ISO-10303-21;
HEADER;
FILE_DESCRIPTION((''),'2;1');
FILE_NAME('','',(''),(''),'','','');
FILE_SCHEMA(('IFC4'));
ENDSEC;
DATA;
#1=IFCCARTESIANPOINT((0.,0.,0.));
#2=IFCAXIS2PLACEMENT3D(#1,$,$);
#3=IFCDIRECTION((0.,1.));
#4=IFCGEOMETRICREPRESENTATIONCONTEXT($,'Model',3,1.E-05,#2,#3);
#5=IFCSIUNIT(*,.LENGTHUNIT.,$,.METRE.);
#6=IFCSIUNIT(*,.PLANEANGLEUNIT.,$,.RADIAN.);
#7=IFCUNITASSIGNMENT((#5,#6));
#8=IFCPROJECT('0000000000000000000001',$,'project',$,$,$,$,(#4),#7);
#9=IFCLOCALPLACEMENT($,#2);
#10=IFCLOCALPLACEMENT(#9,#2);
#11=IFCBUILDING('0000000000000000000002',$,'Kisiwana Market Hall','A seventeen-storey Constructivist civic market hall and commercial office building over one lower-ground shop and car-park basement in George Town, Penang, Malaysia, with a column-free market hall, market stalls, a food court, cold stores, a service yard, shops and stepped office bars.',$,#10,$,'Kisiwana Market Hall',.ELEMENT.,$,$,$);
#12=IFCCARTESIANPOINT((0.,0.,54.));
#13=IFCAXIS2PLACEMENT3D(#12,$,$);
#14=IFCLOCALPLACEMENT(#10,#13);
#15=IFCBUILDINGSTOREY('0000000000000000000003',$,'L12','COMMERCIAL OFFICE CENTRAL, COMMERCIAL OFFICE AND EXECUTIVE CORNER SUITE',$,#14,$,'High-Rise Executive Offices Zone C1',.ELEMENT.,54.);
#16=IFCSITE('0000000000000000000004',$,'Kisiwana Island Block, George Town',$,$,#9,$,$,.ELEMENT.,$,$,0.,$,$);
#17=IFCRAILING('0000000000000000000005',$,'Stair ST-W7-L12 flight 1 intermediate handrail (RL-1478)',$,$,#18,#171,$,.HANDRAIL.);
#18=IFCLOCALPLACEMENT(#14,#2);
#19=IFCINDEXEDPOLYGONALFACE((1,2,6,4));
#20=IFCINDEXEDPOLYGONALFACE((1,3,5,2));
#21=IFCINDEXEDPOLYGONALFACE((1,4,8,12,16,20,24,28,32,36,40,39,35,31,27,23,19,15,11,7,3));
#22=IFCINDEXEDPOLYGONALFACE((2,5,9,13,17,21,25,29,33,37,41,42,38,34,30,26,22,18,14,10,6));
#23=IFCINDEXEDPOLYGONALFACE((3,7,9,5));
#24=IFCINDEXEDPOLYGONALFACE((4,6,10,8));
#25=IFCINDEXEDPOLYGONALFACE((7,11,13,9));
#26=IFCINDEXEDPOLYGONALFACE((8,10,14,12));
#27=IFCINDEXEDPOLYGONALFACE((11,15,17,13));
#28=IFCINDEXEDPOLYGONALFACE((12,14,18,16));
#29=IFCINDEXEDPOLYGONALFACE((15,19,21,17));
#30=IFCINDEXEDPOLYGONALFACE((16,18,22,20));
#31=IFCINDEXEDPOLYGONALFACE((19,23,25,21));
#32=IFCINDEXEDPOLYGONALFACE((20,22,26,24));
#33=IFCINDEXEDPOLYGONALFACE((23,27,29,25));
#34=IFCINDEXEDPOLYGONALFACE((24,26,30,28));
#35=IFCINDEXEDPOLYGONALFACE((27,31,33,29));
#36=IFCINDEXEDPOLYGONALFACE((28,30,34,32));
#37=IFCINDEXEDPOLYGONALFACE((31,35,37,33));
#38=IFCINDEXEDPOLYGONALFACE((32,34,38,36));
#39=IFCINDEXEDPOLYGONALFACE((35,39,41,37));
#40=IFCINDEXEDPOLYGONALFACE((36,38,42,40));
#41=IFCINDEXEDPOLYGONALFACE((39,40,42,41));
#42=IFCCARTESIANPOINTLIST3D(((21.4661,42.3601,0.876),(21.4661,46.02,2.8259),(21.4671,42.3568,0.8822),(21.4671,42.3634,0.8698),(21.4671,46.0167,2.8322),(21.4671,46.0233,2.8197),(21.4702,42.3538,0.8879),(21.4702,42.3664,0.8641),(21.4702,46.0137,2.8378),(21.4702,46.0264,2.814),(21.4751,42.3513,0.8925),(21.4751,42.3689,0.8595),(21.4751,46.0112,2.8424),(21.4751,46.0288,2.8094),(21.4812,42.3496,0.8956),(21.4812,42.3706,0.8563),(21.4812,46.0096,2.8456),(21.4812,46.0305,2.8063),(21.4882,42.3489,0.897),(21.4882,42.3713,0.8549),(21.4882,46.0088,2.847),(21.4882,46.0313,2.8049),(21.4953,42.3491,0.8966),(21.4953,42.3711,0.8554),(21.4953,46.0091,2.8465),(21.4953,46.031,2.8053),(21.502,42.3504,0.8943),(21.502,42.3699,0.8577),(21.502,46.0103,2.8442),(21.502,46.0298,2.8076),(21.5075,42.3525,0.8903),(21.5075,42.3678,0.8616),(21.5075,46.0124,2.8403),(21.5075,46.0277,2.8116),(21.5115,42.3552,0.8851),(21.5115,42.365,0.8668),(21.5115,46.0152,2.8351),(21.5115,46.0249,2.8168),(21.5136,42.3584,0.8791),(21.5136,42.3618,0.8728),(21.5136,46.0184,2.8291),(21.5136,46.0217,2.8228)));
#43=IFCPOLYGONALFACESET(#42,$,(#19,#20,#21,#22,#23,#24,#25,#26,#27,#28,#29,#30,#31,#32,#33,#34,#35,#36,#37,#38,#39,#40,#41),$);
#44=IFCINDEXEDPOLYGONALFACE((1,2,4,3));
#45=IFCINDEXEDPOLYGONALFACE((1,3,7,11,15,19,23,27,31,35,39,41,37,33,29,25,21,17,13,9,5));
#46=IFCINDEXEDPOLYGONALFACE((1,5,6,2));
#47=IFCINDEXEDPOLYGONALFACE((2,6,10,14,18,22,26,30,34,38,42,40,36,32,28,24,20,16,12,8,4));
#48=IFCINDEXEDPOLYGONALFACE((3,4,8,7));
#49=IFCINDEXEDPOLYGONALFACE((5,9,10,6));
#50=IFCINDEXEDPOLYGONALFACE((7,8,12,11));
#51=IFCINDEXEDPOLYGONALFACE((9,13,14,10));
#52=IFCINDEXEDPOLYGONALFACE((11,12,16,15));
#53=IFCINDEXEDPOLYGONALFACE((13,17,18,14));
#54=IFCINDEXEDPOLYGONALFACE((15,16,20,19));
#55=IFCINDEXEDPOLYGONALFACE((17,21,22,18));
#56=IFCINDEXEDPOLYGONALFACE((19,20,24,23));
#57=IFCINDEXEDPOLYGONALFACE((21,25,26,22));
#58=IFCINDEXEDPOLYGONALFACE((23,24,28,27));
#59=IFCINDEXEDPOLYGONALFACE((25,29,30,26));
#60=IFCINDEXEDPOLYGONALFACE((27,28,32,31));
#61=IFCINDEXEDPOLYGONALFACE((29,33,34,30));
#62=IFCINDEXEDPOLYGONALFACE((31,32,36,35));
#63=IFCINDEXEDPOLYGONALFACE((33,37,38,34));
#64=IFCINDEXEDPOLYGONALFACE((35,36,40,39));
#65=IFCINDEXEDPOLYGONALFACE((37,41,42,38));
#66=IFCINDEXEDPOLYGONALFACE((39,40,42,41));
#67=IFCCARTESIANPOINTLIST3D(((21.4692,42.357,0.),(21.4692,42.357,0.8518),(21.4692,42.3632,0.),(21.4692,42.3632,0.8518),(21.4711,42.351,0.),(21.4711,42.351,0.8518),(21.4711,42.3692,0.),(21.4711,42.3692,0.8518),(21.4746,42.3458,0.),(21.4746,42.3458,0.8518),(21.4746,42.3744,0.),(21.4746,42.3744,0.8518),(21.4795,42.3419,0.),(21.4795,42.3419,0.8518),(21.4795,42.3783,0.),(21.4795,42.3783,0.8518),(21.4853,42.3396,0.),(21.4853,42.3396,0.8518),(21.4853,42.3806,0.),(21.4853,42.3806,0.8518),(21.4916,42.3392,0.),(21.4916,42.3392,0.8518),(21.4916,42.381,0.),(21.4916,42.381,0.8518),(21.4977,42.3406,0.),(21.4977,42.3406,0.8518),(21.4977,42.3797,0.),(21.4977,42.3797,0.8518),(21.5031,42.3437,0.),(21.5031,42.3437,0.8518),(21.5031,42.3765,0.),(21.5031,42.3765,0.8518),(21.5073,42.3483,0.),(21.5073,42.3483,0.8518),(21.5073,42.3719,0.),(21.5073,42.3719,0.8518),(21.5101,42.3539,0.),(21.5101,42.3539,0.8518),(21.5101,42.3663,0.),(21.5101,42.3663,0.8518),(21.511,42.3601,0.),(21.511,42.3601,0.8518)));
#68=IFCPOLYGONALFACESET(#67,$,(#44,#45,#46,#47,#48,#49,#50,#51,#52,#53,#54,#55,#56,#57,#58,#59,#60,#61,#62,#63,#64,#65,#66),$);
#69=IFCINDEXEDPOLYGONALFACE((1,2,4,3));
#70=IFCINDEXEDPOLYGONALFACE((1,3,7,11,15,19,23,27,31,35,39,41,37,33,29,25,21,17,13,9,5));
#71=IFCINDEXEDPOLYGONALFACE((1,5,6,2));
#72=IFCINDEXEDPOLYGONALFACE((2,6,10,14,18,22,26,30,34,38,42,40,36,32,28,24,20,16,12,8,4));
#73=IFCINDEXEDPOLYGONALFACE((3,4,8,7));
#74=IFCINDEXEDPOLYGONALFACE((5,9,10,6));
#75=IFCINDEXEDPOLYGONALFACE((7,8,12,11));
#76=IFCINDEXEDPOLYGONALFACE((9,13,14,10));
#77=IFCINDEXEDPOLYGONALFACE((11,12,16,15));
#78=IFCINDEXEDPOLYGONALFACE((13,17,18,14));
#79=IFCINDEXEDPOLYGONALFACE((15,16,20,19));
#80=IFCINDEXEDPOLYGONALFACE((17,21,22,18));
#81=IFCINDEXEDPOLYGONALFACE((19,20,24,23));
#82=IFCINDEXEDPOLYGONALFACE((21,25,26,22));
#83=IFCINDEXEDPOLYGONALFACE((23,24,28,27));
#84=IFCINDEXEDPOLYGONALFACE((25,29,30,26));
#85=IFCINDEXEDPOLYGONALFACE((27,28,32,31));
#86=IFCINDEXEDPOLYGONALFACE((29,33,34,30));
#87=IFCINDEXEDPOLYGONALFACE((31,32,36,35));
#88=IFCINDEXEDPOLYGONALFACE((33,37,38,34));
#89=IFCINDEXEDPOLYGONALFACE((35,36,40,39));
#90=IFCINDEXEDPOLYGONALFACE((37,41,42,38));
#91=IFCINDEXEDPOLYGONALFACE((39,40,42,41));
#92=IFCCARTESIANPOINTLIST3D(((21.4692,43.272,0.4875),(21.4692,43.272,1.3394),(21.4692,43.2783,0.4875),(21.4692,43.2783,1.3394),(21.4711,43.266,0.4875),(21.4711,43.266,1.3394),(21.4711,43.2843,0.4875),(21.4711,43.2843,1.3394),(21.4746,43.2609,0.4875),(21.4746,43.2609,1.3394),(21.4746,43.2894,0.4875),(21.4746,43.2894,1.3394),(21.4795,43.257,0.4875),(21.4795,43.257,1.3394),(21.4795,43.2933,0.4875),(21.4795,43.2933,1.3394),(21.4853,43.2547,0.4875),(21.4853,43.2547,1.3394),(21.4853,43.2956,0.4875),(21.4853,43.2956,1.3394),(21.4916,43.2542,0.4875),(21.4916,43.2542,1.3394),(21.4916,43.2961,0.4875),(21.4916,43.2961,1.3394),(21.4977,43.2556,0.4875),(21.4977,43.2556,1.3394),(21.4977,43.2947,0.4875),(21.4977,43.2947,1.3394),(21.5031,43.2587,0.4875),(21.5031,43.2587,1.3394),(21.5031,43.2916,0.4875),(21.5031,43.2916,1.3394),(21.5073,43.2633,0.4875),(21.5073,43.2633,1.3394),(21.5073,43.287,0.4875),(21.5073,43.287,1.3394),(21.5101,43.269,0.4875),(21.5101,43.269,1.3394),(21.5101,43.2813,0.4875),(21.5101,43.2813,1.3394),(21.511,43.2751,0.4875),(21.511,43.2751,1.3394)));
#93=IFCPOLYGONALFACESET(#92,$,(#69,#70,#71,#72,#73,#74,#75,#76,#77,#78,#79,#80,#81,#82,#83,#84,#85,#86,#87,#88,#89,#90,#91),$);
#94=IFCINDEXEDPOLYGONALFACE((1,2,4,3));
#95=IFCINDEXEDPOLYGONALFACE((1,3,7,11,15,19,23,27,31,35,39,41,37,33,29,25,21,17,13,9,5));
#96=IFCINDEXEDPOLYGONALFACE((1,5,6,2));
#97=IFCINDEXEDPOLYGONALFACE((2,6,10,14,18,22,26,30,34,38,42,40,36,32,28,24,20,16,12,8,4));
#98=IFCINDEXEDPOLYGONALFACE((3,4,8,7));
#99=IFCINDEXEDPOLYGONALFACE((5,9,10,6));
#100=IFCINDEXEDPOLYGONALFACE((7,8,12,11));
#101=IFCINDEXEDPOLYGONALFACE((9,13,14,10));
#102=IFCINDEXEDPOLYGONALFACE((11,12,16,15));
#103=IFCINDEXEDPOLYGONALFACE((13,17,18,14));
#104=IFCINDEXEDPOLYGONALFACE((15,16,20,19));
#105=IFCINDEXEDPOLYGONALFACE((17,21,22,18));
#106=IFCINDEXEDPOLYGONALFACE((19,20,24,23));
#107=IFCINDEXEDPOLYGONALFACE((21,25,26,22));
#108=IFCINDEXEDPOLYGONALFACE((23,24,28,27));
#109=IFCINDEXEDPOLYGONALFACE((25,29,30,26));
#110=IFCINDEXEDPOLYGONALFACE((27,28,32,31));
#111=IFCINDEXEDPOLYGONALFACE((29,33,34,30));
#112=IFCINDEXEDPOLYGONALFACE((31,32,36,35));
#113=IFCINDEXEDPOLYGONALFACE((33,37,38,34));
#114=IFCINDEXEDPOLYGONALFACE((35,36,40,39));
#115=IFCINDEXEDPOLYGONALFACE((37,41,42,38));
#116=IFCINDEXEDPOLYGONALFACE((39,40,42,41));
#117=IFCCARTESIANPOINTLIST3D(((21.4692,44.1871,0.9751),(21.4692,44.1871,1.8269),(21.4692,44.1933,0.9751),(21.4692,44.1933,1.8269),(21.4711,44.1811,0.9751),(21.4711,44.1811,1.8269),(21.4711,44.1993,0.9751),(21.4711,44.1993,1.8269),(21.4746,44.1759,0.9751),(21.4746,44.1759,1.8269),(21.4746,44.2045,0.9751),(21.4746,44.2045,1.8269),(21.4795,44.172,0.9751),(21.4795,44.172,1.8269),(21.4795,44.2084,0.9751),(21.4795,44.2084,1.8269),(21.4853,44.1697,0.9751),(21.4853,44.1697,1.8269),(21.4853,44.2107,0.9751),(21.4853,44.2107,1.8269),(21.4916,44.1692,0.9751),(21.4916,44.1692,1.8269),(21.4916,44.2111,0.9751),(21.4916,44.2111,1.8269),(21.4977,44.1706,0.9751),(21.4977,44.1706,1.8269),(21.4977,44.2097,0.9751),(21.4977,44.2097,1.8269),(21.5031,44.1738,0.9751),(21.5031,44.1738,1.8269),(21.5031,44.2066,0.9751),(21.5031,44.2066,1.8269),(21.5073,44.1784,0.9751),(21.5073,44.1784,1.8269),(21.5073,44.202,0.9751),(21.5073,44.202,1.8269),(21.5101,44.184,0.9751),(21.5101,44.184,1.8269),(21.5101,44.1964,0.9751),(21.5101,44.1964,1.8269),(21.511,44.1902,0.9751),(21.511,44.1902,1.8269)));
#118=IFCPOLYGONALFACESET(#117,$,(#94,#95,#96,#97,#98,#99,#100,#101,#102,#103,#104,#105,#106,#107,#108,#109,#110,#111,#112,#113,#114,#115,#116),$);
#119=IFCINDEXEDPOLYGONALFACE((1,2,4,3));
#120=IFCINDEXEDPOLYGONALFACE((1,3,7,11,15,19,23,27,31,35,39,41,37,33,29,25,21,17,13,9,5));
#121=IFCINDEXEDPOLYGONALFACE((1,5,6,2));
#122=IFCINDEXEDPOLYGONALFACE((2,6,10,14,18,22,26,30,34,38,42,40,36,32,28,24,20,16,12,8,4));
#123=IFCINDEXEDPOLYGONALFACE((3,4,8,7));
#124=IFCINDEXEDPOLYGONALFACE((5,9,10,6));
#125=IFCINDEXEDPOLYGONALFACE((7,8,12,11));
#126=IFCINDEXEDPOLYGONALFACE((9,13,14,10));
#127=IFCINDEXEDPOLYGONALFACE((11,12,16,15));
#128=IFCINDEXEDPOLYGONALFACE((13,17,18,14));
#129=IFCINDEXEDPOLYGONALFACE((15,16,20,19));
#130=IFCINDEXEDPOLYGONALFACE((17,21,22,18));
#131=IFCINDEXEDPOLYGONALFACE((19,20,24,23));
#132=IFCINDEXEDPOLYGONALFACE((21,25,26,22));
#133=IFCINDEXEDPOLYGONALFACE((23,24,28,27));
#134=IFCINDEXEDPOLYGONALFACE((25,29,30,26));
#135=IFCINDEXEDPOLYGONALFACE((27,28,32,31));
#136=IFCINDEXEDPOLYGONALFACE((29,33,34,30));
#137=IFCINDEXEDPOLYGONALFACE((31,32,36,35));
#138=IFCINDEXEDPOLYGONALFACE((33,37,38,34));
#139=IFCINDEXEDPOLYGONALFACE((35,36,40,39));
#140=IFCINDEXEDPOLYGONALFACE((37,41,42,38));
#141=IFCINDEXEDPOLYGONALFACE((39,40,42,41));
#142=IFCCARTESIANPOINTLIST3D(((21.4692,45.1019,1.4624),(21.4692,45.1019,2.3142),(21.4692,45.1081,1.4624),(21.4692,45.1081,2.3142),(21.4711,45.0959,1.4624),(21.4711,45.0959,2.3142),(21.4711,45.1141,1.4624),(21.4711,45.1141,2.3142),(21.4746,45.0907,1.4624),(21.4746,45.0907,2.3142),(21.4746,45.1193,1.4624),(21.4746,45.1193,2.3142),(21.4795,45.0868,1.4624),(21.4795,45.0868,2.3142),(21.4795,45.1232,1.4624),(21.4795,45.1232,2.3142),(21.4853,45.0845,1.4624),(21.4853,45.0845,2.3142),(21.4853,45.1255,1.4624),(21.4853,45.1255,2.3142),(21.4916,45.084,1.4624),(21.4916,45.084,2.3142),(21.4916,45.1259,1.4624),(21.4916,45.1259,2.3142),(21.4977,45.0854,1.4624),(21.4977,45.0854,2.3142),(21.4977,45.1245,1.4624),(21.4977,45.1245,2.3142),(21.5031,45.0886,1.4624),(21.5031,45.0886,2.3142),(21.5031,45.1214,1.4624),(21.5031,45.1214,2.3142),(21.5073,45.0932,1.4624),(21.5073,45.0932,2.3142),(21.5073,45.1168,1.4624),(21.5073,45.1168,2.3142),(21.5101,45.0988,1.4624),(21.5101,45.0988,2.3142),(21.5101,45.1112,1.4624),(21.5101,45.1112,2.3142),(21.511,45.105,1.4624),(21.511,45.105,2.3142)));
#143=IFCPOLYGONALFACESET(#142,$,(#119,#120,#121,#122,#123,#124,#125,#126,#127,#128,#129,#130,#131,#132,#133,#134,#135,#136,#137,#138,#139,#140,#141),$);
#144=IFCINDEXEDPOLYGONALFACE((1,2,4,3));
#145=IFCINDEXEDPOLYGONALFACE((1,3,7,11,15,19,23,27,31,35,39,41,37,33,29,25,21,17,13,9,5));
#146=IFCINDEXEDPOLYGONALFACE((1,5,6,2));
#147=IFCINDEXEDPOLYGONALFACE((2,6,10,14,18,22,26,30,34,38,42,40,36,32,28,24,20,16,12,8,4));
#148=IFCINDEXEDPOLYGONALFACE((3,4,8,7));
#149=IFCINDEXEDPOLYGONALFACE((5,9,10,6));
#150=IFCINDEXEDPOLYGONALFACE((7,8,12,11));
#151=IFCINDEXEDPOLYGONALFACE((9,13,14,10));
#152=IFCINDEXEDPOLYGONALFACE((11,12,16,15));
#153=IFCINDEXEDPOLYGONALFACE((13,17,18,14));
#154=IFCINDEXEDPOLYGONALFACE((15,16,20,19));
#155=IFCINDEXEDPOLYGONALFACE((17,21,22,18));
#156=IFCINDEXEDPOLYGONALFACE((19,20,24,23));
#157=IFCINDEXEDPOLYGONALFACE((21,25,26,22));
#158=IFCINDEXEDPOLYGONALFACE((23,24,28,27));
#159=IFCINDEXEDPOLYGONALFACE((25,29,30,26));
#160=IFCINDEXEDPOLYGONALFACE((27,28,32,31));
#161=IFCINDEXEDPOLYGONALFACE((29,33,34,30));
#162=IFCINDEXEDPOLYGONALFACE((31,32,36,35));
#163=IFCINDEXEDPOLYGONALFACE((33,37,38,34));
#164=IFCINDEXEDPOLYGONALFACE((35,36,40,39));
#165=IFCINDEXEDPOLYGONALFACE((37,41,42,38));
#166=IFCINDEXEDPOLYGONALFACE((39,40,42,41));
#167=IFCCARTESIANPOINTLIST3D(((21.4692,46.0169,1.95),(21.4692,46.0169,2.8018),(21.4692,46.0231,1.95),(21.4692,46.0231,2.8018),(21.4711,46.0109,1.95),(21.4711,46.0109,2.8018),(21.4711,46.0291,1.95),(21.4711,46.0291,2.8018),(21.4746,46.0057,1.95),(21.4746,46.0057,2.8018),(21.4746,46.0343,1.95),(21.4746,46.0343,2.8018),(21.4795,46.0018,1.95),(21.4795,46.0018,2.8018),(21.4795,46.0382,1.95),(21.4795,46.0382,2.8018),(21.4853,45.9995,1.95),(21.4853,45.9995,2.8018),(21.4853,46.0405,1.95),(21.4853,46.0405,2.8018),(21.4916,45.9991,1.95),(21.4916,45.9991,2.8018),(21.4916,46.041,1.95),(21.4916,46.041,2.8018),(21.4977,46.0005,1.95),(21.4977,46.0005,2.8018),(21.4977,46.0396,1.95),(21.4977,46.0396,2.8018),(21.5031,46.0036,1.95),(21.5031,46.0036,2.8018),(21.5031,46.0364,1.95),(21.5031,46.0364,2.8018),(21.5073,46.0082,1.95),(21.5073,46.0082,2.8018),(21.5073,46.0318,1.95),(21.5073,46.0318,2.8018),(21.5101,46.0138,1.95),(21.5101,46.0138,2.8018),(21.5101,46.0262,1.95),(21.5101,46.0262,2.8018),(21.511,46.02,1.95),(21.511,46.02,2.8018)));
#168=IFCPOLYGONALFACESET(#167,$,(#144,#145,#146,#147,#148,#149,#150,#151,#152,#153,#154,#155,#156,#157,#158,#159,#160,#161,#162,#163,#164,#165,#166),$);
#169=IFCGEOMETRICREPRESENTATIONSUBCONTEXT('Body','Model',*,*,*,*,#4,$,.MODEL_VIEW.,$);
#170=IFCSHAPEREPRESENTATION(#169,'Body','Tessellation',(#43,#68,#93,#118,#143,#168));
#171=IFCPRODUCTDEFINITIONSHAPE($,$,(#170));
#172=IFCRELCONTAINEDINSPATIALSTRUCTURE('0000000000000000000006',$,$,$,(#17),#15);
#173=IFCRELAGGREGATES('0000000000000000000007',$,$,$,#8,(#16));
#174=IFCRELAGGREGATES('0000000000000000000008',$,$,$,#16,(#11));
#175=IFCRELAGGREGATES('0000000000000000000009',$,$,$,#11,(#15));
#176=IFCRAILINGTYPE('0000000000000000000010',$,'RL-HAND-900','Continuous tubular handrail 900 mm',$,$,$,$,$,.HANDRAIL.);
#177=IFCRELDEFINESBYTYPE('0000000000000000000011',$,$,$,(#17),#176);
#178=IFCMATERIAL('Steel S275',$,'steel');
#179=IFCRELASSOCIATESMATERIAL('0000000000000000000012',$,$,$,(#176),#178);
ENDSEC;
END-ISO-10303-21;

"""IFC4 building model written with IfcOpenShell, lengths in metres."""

from ifc_helpers import new_model, si_unit, direction, frame, origin, origin_2d, place, context, subcontext, project, spatial, circle, extrude, material, type_object, element, save


model = new_model("IFC4")

# Units and contexts
model_context = context("Model", 3, precision=1e-05, world=origin(), true_north=direction((0.0, 1.0)))
body_context = subcontext(model_context, "Body", "Model", "MODEL_VIEW")
ifc_project = project(units=[si_unit("LENGTHUNIT", "METRE"), si_unit("PLANEANGLEUNIT", "RADIAN")], contexts=[model_context])

# Site, building, storey
site_placement = place(None, origin())
site = spatial("IfcSite", under=ifc_project, at=site_placement, Name="Kisiwana Island Block, George Town", CompositionType="ELEMENT", RefElevation=0.0)
building_placement = place(site_placement, origin())
building = spatial("IfcBuilding", under=site, at=building_placement, Name="Kisiwana Market Hall", Description="A seventeen-storey Constructivist civic market hall and commercial office building over one lower-ground shop and car-park basement in George Town, Penang, Malaysia, with a column-free market hall, market stalls, a food court, cold stores, a service yard, shops and stepped office bars.", LongName="Kisiwana Market Hall", CompositionType="ELEMENT")
storey_placement = place(building_placement, frame((0.0, 0.0, 54.0)))
storey = spatial("IfcBuildingStorey", under=building, at=storey_placement, Name="L12", Description="COMMERCIAL OFFICE CENTRAL, COMMERCIAL OFFICE AND EXECUTIVE CORNER SUITE", LongName="High-Rise Executive Offices Zone C1", CompositionType="ELEMENT", Elevation=54.0)

# Railing
ifc_material_1 = material(Name="Steel S275", Category="steel")
railing_type_1 = type_object("IfcRailingType", Name="RL-HAND-900", Description="Continuous tubular handrail 900 mm", PredefinedType="HANDRAIL", material=ifc_material_1)
railing_1_placement = place(storey_placement, frame((21.49, 42.3601, 0.0)))
element("IfcRailing", 1, at=railing_1_placement, inside=storey, type_object=railing_type_1, Name="Stair ST-W7-L12 flight 1 intermediate handrail (RL-1478)", PredefinedType="HANDRAIL", context=body_context, shape_type="SweptSolid", body=[
    extrude(circle(Radius=0.0239, at=origin_2d()), frame((0.0, 0.0, 0.876), z_axis=(0.0, 0.882553, 0.470212), x_axis=(-1.0, 0.0, 0.0)), (0.0, 0.0, 1.0), 4.147),
    extrude(circle(Radius=0.021, at=origin_2d()), origin(), (0.0, 0.0, 1.0), 0.8518),
    extrude(circle(Radius=0.021, at=origin_2d()), frame((0.0, 0.915, 0.4875)), (0.0, 0.0, 1.0), 0.8518),
    extrude(circle(Radius=0.021, at=origin_2d()), frame((0.0, 1.8301, 0.9751)), (0.0, 0.0, 1.0), 0.8518),
    extrude(circle(Radius=0.021, at=origin_2d()), frame((0.0, 2.7449, 1.4624)), (0.0, 0.0, 1.0), 0.8518),
    extrude(circle(Radius=0.021, at=origin_2d()), frame((0.0, 3.6599, 1.95)), (0.0, 0.0, 1.0), 0.8518),
])

save(model, "model.ifc")
